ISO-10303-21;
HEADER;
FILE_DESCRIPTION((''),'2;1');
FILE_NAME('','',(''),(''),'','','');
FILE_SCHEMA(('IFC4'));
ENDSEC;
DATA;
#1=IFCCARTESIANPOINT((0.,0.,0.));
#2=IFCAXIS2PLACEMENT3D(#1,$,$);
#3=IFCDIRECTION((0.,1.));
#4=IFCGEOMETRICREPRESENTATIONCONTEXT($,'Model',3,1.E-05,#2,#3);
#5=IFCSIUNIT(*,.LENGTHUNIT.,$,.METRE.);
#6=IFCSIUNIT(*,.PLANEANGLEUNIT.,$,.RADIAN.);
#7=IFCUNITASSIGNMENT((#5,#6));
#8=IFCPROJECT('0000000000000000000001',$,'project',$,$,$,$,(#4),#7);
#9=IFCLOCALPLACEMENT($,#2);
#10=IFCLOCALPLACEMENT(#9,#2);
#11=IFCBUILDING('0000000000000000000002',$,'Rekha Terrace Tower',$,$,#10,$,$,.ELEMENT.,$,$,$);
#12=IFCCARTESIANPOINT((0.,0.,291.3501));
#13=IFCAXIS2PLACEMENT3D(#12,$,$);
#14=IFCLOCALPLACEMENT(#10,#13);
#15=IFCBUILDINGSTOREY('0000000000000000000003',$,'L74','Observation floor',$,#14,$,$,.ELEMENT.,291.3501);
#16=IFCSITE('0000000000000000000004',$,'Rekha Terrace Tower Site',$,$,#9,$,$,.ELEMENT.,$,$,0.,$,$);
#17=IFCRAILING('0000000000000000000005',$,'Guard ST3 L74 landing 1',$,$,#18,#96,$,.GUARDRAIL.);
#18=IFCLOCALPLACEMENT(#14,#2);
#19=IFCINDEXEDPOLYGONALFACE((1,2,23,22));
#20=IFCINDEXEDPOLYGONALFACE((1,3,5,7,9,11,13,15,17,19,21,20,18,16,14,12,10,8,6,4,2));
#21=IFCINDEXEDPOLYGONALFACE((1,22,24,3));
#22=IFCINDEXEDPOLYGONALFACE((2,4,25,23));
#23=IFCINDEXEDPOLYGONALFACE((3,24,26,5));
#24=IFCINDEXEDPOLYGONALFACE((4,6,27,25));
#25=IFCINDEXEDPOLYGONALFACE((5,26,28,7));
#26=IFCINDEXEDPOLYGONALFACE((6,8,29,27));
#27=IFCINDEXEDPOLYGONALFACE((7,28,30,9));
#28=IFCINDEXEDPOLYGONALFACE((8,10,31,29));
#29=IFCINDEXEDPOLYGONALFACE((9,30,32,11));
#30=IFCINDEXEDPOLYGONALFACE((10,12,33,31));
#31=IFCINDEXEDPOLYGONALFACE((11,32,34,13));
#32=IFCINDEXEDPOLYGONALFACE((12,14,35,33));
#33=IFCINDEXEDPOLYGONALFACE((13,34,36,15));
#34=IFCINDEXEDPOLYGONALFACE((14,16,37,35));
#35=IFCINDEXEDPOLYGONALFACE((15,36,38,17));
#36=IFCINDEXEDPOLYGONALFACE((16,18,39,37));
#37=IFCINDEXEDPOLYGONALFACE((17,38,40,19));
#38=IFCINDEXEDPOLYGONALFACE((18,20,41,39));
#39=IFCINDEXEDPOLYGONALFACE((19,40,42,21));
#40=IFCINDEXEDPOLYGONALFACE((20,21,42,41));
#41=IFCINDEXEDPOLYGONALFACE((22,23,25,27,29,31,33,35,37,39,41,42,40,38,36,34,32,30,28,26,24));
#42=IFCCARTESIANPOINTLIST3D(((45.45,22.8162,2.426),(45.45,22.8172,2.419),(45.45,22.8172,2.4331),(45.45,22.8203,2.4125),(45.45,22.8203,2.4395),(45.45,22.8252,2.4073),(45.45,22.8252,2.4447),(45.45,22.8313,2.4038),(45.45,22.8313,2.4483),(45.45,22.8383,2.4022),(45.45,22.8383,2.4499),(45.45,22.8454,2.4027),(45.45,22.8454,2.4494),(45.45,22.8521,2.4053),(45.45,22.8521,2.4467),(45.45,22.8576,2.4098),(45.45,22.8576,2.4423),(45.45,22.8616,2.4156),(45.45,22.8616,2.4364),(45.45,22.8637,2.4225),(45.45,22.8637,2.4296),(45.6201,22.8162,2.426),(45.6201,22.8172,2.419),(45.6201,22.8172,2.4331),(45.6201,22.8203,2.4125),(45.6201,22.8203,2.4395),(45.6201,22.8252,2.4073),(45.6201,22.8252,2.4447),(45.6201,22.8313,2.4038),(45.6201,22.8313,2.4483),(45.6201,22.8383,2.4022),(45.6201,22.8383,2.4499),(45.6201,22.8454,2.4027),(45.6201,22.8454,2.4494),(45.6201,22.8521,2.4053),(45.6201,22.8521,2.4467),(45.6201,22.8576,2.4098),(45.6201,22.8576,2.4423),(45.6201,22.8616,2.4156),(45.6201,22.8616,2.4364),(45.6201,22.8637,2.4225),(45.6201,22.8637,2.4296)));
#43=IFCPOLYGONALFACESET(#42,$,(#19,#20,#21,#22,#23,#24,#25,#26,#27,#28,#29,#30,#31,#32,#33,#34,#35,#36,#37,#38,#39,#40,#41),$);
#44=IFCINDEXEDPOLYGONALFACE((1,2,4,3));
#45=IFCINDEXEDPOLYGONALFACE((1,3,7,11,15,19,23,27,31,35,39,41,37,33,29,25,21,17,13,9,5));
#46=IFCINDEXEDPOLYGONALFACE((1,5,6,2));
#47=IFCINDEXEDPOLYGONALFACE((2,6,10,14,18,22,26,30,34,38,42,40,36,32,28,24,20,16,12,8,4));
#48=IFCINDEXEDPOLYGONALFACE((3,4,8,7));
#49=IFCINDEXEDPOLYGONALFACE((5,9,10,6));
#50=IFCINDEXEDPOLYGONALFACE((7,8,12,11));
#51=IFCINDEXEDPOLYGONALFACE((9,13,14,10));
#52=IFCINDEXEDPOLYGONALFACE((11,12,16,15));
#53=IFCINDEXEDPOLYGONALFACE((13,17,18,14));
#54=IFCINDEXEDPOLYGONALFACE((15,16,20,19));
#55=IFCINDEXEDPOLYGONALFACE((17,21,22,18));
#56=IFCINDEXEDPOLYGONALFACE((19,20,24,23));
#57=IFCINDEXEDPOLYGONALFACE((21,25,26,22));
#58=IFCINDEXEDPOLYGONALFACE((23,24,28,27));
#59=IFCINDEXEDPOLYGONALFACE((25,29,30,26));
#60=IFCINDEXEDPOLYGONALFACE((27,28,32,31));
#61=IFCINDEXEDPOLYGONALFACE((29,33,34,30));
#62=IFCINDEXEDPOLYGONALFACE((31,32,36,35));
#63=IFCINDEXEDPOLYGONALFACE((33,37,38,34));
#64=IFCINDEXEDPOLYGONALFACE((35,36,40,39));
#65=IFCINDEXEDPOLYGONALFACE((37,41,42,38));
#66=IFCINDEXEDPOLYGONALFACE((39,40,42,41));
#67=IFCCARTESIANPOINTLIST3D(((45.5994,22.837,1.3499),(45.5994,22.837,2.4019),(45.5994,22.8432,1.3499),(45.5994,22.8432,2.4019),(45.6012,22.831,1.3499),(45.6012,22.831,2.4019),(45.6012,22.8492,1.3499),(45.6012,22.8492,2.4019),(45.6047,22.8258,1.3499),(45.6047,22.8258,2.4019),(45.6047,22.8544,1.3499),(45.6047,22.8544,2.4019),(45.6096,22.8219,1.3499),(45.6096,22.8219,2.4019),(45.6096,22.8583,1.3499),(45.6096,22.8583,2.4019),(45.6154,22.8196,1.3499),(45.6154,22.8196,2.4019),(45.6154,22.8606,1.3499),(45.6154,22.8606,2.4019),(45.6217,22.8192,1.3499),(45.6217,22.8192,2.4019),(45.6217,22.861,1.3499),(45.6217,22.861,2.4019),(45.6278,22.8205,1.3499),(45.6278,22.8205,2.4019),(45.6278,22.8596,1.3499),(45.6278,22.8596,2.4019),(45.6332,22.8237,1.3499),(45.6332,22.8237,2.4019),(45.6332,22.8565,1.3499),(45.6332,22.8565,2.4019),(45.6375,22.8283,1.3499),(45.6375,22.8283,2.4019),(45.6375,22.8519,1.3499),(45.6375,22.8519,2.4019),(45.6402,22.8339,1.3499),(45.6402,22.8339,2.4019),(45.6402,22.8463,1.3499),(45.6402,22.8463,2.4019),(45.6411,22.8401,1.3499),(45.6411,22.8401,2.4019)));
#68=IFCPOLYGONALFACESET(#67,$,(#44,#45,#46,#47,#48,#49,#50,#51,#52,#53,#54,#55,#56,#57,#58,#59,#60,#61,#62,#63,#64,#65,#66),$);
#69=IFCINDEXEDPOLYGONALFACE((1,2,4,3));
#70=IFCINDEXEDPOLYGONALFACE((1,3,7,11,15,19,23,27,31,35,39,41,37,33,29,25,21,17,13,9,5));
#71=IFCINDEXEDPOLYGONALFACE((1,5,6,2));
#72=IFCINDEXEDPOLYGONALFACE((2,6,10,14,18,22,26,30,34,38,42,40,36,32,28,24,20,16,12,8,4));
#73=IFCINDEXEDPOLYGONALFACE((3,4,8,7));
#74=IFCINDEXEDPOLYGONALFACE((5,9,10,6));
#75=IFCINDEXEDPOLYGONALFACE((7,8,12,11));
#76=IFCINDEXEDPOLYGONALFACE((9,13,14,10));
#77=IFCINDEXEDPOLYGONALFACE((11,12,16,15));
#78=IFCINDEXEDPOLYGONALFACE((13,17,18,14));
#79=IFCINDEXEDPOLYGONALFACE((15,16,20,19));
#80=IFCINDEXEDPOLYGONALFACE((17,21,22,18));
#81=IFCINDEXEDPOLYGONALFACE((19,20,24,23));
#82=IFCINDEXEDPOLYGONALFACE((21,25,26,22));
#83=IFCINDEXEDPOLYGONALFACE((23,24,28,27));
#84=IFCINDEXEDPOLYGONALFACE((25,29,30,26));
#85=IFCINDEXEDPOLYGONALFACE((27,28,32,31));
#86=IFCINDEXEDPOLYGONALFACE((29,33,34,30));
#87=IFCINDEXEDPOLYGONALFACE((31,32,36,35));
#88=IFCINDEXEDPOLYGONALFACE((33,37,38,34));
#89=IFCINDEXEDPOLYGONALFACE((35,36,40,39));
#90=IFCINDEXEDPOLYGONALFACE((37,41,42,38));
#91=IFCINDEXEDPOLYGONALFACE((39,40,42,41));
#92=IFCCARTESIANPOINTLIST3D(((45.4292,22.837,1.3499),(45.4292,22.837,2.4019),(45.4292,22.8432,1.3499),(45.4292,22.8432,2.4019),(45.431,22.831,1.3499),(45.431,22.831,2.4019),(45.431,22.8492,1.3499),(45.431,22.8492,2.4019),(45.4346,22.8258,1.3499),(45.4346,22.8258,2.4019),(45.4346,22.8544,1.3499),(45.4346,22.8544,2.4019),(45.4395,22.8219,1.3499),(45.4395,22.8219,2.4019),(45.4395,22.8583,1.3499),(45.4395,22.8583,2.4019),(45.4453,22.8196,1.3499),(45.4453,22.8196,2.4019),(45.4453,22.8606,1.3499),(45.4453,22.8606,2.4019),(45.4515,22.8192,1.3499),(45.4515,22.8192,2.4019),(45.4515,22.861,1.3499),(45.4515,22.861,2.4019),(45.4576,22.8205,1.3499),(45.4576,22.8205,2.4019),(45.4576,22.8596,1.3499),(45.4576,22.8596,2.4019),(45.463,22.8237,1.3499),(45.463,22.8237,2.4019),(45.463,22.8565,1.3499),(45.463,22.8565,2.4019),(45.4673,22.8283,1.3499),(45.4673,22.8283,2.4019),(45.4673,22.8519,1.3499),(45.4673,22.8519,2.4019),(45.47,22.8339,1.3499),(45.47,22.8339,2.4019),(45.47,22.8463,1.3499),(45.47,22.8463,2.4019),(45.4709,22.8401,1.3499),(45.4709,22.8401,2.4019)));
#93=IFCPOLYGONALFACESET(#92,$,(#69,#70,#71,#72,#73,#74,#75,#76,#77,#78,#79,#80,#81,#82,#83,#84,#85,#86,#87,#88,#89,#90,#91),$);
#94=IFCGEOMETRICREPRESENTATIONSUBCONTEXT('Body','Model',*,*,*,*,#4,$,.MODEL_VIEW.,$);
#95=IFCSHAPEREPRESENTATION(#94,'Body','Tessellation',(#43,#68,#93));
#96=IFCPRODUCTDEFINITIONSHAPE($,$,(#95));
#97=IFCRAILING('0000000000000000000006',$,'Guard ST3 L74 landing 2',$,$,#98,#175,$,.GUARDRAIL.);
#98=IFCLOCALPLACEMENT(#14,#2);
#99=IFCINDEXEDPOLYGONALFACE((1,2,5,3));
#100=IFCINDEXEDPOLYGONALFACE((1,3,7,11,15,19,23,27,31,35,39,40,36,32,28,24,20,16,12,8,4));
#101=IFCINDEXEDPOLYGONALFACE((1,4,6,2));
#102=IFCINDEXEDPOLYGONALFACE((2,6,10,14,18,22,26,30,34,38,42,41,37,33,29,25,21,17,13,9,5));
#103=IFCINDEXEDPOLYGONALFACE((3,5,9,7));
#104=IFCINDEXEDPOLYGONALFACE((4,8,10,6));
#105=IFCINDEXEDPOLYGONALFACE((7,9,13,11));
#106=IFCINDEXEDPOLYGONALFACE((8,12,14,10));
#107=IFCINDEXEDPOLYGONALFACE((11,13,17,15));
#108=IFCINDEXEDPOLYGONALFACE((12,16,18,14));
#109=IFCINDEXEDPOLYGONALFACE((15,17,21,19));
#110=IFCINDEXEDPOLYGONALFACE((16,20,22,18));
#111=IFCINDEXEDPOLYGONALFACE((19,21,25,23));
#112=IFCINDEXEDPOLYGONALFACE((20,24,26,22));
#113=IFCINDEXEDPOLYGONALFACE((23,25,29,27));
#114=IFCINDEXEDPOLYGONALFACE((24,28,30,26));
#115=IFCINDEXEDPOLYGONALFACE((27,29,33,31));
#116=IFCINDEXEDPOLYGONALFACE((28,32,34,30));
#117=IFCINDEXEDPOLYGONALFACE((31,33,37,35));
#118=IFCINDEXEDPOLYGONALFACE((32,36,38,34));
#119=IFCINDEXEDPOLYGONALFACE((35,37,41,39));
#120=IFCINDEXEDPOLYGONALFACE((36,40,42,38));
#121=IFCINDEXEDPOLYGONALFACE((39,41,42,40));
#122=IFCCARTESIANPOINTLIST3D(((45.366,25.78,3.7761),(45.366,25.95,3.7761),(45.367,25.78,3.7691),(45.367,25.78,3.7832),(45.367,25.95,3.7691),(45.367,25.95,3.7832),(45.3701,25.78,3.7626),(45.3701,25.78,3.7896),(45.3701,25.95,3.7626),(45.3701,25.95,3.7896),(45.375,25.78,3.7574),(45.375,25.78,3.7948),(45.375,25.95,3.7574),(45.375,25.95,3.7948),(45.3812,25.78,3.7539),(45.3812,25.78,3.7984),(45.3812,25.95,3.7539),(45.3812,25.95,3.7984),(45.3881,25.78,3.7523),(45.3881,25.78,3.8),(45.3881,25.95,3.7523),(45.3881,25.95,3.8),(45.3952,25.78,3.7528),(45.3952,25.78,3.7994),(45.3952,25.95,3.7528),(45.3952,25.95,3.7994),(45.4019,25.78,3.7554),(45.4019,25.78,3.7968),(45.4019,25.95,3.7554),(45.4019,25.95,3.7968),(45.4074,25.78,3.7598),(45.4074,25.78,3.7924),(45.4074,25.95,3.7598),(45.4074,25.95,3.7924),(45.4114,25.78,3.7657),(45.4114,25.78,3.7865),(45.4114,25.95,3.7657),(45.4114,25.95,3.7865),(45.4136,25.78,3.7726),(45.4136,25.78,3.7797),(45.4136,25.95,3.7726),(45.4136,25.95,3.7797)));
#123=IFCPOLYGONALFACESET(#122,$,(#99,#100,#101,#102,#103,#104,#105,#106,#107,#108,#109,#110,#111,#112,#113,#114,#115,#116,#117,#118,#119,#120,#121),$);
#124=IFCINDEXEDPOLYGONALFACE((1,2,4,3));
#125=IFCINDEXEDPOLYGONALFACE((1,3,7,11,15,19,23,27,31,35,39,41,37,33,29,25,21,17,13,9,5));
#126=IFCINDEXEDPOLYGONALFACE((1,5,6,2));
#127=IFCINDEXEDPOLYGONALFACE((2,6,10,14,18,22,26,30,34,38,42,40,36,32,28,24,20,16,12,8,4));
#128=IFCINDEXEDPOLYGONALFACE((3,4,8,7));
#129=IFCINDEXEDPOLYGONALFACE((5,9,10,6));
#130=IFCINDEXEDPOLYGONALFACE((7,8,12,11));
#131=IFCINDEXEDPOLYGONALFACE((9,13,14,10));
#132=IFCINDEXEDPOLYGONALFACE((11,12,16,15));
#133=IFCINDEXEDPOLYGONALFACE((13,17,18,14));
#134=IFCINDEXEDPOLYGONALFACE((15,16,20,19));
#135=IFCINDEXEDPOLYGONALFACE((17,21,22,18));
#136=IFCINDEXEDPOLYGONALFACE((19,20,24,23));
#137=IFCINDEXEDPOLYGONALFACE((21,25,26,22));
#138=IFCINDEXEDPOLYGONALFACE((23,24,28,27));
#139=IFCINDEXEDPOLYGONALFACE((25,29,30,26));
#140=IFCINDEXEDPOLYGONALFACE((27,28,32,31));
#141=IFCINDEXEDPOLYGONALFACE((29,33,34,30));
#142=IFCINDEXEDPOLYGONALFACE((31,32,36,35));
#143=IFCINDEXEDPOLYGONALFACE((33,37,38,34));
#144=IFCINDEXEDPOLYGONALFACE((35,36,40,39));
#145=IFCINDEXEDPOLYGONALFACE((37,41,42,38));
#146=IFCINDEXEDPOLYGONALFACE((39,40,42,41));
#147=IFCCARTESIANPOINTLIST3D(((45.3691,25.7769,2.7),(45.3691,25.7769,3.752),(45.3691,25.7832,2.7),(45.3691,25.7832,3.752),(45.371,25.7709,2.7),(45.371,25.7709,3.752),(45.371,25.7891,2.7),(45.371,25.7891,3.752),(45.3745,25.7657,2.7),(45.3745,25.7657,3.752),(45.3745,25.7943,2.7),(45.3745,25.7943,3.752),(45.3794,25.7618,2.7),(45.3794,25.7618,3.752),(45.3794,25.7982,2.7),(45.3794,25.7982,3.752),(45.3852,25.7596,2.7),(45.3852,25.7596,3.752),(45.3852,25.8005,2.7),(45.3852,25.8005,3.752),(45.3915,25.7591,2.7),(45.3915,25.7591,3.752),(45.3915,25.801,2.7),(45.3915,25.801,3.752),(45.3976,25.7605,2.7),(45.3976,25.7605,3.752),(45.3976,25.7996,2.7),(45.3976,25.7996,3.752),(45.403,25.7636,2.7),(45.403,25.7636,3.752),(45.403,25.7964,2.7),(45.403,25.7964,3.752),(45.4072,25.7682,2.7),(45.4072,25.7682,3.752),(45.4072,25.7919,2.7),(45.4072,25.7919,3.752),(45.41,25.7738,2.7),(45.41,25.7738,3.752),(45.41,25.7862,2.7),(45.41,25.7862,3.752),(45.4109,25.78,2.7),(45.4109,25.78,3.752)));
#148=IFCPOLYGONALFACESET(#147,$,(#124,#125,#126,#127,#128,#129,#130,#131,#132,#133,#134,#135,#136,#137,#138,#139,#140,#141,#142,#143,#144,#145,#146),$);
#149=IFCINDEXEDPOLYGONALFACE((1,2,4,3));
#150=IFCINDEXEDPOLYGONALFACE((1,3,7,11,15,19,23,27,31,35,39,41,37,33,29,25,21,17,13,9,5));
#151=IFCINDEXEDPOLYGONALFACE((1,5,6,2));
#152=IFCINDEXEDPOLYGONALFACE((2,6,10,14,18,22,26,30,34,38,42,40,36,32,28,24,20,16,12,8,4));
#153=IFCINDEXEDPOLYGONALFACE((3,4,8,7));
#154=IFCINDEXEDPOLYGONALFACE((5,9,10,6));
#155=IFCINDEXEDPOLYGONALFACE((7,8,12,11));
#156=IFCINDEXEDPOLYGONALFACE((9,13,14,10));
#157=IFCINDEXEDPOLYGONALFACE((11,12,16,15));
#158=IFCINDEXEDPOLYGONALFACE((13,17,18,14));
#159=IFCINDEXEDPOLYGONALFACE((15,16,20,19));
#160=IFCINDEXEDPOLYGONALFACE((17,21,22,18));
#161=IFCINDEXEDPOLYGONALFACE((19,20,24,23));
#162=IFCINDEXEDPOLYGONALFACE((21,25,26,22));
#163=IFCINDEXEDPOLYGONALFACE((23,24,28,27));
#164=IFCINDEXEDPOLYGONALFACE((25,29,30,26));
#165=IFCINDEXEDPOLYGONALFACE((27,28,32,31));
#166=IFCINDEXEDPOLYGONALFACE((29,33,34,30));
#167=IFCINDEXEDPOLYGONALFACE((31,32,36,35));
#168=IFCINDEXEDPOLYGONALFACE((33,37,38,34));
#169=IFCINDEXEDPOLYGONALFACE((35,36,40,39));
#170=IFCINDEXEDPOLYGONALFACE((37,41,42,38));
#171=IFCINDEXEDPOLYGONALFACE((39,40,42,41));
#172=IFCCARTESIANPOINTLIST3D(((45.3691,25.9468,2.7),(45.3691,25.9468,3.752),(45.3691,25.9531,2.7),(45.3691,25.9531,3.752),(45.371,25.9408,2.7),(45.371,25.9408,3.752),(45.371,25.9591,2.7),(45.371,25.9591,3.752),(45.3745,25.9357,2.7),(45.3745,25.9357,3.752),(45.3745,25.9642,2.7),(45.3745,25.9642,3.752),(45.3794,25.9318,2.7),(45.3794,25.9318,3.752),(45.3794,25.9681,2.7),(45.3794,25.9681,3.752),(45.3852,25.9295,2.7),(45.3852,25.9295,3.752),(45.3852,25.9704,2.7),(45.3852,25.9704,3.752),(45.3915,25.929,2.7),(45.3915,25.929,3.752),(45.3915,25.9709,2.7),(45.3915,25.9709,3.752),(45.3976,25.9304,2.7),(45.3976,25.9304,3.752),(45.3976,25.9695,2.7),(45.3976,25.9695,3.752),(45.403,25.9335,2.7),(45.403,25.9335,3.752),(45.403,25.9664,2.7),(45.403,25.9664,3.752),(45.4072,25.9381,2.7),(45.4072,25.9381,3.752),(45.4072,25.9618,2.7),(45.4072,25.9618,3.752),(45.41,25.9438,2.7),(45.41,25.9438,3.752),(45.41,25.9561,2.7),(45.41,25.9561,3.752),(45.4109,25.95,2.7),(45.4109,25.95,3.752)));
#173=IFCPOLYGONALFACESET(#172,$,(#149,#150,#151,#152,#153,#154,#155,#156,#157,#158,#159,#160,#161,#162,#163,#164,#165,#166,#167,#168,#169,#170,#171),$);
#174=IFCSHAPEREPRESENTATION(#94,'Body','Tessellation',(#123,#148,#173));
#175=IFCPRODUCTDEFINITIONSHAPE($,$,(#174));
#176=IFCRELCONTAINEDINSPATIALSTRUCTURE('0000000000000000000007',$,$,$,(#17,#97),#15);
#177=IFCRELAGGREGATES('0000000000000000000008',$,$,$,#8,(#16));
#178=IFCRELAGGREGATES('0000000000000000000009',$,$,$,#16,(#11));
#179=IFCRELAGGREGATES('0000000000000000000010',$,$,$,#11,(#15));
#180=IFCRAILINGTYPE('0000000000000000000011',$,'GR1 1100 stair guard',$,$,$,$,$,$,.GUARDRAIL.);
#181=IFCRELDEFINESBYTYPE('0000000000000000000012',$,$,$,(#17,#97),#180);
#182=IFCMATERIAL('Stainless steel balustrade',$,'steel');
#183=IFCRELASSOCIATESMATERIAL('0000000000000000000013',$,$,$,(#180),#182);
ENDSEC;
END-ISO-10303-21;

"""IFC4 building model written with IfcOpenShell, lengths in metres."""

from ifc_helpers import new_model, si_unit, direction, frame, origin, origin_2d, place, context, subcontext, project, spatial, circle, extrude, material, type_object, element, save


model = new_model("IFC4")

# Units and contexts
model_context = context("Model", 3, precision=1e-05, world=origin(), true_north=direction((0.0, 1.0)))
body_context = subcontext(model_context, "Body", "Model", "MODEL_VIEW")
ifc_project = project(units=[si_unit("LENGTHUNIT", "METRE"), si_unit("PLANEANGLEUNIT", "RADIAN")], contexts=[model_context])

# Site, building, storey
site_placement = place(None, origin())
site = spatial("IfcSite", under=ifc_project, at=site_placement, Name="Rekha Terrace Tower Site", CompositionType="ELEMENT", RefElevation=0.0)
building_placement = place(site_placement, origin())
building = spatial("IfcBuilding", under=site, at=building_placement, Name="Rekha Terrace Tower", CompositionType="ELEMENT")
storey_placement = place(building_placement, frame((0.0, 0.0, 291.3501)))
storey = spatial("IfcBuildingStorey", under=building, at=storey_placement, Name="L74", Description="Observation floor", CompositionType="ELEMENT", Elevation=291.3501)

# Railings
ifc_material_1 = material(Name="Stainless steel balustrade", Category="steel")
railing_type_1 = type_object("IfcRailingType", Name="GR1 1100 stair guard", PredefinedType="GUARDRAIL", material=ifc_material_1)
railing_1_placement = place(storey_placement, frame((45.6201, 22.8401, 1.3499)))
element("IfcRailing", 1, at=railing_1_placement, inside=storey, type_object=railing_type_1, Name="Guard ST3 L74 landing 1", PredefinedType="GUARDRAIL", context=body_context, shape_type="SweptSolid", body=[
    extrude(circle(Radius=0.0239, at=origin_2d()), frame((0.0, 0.0, 1.0762), z_axis=(-1.0, 0.0, 0.0), x_axis=(0.0, -1.0, 0.0)), (0.0, 0.0, 1.0), 0.1702),
    extrude(circle(Radius=0.021, at=origin_2d()), origin(), (0.0, 0.0, 1.0), 1.052),
    extrude(circle(Radius=0.021, at=origin_2d()), frame((-0.1702, 0.0, 0.0)), (0.0, 0.0, 1.0), 1.052),
])
railing_2_placement = place(storey_placement, frame((45.3899, 25.78, 2.7)))
element("IfcRailing", 2, at=railing_2_placement, inside=storey, type_object=railing_type_1, Name="Guard ST3 L74 landing 2", PredefinedType="GUARDRAIL", context=body_context, shape_type="SweptSolid", body=[
    extrude(circle(Radius=0.0239, at=origin_2d()), frame((0.0, 0.0, 1.0762), z_axis=(0.0, 1.0, 0.0), x_axis=(-1.0, 0.0, 0.0)), (0.0, 0.0, 1.0), 0.1699),
    extrude(circle(Radius=0.021, at=origin_2d()), origin(), (0.0, 0.0, 1.0), 1.052),
    extrude(circle(Radius=0.021, at=origin_2d()), frame((0.0, 0.1699, 0.0)), (0.0, 0.0, 1.0), 1.052),
])

save(model, "model.ifc")
